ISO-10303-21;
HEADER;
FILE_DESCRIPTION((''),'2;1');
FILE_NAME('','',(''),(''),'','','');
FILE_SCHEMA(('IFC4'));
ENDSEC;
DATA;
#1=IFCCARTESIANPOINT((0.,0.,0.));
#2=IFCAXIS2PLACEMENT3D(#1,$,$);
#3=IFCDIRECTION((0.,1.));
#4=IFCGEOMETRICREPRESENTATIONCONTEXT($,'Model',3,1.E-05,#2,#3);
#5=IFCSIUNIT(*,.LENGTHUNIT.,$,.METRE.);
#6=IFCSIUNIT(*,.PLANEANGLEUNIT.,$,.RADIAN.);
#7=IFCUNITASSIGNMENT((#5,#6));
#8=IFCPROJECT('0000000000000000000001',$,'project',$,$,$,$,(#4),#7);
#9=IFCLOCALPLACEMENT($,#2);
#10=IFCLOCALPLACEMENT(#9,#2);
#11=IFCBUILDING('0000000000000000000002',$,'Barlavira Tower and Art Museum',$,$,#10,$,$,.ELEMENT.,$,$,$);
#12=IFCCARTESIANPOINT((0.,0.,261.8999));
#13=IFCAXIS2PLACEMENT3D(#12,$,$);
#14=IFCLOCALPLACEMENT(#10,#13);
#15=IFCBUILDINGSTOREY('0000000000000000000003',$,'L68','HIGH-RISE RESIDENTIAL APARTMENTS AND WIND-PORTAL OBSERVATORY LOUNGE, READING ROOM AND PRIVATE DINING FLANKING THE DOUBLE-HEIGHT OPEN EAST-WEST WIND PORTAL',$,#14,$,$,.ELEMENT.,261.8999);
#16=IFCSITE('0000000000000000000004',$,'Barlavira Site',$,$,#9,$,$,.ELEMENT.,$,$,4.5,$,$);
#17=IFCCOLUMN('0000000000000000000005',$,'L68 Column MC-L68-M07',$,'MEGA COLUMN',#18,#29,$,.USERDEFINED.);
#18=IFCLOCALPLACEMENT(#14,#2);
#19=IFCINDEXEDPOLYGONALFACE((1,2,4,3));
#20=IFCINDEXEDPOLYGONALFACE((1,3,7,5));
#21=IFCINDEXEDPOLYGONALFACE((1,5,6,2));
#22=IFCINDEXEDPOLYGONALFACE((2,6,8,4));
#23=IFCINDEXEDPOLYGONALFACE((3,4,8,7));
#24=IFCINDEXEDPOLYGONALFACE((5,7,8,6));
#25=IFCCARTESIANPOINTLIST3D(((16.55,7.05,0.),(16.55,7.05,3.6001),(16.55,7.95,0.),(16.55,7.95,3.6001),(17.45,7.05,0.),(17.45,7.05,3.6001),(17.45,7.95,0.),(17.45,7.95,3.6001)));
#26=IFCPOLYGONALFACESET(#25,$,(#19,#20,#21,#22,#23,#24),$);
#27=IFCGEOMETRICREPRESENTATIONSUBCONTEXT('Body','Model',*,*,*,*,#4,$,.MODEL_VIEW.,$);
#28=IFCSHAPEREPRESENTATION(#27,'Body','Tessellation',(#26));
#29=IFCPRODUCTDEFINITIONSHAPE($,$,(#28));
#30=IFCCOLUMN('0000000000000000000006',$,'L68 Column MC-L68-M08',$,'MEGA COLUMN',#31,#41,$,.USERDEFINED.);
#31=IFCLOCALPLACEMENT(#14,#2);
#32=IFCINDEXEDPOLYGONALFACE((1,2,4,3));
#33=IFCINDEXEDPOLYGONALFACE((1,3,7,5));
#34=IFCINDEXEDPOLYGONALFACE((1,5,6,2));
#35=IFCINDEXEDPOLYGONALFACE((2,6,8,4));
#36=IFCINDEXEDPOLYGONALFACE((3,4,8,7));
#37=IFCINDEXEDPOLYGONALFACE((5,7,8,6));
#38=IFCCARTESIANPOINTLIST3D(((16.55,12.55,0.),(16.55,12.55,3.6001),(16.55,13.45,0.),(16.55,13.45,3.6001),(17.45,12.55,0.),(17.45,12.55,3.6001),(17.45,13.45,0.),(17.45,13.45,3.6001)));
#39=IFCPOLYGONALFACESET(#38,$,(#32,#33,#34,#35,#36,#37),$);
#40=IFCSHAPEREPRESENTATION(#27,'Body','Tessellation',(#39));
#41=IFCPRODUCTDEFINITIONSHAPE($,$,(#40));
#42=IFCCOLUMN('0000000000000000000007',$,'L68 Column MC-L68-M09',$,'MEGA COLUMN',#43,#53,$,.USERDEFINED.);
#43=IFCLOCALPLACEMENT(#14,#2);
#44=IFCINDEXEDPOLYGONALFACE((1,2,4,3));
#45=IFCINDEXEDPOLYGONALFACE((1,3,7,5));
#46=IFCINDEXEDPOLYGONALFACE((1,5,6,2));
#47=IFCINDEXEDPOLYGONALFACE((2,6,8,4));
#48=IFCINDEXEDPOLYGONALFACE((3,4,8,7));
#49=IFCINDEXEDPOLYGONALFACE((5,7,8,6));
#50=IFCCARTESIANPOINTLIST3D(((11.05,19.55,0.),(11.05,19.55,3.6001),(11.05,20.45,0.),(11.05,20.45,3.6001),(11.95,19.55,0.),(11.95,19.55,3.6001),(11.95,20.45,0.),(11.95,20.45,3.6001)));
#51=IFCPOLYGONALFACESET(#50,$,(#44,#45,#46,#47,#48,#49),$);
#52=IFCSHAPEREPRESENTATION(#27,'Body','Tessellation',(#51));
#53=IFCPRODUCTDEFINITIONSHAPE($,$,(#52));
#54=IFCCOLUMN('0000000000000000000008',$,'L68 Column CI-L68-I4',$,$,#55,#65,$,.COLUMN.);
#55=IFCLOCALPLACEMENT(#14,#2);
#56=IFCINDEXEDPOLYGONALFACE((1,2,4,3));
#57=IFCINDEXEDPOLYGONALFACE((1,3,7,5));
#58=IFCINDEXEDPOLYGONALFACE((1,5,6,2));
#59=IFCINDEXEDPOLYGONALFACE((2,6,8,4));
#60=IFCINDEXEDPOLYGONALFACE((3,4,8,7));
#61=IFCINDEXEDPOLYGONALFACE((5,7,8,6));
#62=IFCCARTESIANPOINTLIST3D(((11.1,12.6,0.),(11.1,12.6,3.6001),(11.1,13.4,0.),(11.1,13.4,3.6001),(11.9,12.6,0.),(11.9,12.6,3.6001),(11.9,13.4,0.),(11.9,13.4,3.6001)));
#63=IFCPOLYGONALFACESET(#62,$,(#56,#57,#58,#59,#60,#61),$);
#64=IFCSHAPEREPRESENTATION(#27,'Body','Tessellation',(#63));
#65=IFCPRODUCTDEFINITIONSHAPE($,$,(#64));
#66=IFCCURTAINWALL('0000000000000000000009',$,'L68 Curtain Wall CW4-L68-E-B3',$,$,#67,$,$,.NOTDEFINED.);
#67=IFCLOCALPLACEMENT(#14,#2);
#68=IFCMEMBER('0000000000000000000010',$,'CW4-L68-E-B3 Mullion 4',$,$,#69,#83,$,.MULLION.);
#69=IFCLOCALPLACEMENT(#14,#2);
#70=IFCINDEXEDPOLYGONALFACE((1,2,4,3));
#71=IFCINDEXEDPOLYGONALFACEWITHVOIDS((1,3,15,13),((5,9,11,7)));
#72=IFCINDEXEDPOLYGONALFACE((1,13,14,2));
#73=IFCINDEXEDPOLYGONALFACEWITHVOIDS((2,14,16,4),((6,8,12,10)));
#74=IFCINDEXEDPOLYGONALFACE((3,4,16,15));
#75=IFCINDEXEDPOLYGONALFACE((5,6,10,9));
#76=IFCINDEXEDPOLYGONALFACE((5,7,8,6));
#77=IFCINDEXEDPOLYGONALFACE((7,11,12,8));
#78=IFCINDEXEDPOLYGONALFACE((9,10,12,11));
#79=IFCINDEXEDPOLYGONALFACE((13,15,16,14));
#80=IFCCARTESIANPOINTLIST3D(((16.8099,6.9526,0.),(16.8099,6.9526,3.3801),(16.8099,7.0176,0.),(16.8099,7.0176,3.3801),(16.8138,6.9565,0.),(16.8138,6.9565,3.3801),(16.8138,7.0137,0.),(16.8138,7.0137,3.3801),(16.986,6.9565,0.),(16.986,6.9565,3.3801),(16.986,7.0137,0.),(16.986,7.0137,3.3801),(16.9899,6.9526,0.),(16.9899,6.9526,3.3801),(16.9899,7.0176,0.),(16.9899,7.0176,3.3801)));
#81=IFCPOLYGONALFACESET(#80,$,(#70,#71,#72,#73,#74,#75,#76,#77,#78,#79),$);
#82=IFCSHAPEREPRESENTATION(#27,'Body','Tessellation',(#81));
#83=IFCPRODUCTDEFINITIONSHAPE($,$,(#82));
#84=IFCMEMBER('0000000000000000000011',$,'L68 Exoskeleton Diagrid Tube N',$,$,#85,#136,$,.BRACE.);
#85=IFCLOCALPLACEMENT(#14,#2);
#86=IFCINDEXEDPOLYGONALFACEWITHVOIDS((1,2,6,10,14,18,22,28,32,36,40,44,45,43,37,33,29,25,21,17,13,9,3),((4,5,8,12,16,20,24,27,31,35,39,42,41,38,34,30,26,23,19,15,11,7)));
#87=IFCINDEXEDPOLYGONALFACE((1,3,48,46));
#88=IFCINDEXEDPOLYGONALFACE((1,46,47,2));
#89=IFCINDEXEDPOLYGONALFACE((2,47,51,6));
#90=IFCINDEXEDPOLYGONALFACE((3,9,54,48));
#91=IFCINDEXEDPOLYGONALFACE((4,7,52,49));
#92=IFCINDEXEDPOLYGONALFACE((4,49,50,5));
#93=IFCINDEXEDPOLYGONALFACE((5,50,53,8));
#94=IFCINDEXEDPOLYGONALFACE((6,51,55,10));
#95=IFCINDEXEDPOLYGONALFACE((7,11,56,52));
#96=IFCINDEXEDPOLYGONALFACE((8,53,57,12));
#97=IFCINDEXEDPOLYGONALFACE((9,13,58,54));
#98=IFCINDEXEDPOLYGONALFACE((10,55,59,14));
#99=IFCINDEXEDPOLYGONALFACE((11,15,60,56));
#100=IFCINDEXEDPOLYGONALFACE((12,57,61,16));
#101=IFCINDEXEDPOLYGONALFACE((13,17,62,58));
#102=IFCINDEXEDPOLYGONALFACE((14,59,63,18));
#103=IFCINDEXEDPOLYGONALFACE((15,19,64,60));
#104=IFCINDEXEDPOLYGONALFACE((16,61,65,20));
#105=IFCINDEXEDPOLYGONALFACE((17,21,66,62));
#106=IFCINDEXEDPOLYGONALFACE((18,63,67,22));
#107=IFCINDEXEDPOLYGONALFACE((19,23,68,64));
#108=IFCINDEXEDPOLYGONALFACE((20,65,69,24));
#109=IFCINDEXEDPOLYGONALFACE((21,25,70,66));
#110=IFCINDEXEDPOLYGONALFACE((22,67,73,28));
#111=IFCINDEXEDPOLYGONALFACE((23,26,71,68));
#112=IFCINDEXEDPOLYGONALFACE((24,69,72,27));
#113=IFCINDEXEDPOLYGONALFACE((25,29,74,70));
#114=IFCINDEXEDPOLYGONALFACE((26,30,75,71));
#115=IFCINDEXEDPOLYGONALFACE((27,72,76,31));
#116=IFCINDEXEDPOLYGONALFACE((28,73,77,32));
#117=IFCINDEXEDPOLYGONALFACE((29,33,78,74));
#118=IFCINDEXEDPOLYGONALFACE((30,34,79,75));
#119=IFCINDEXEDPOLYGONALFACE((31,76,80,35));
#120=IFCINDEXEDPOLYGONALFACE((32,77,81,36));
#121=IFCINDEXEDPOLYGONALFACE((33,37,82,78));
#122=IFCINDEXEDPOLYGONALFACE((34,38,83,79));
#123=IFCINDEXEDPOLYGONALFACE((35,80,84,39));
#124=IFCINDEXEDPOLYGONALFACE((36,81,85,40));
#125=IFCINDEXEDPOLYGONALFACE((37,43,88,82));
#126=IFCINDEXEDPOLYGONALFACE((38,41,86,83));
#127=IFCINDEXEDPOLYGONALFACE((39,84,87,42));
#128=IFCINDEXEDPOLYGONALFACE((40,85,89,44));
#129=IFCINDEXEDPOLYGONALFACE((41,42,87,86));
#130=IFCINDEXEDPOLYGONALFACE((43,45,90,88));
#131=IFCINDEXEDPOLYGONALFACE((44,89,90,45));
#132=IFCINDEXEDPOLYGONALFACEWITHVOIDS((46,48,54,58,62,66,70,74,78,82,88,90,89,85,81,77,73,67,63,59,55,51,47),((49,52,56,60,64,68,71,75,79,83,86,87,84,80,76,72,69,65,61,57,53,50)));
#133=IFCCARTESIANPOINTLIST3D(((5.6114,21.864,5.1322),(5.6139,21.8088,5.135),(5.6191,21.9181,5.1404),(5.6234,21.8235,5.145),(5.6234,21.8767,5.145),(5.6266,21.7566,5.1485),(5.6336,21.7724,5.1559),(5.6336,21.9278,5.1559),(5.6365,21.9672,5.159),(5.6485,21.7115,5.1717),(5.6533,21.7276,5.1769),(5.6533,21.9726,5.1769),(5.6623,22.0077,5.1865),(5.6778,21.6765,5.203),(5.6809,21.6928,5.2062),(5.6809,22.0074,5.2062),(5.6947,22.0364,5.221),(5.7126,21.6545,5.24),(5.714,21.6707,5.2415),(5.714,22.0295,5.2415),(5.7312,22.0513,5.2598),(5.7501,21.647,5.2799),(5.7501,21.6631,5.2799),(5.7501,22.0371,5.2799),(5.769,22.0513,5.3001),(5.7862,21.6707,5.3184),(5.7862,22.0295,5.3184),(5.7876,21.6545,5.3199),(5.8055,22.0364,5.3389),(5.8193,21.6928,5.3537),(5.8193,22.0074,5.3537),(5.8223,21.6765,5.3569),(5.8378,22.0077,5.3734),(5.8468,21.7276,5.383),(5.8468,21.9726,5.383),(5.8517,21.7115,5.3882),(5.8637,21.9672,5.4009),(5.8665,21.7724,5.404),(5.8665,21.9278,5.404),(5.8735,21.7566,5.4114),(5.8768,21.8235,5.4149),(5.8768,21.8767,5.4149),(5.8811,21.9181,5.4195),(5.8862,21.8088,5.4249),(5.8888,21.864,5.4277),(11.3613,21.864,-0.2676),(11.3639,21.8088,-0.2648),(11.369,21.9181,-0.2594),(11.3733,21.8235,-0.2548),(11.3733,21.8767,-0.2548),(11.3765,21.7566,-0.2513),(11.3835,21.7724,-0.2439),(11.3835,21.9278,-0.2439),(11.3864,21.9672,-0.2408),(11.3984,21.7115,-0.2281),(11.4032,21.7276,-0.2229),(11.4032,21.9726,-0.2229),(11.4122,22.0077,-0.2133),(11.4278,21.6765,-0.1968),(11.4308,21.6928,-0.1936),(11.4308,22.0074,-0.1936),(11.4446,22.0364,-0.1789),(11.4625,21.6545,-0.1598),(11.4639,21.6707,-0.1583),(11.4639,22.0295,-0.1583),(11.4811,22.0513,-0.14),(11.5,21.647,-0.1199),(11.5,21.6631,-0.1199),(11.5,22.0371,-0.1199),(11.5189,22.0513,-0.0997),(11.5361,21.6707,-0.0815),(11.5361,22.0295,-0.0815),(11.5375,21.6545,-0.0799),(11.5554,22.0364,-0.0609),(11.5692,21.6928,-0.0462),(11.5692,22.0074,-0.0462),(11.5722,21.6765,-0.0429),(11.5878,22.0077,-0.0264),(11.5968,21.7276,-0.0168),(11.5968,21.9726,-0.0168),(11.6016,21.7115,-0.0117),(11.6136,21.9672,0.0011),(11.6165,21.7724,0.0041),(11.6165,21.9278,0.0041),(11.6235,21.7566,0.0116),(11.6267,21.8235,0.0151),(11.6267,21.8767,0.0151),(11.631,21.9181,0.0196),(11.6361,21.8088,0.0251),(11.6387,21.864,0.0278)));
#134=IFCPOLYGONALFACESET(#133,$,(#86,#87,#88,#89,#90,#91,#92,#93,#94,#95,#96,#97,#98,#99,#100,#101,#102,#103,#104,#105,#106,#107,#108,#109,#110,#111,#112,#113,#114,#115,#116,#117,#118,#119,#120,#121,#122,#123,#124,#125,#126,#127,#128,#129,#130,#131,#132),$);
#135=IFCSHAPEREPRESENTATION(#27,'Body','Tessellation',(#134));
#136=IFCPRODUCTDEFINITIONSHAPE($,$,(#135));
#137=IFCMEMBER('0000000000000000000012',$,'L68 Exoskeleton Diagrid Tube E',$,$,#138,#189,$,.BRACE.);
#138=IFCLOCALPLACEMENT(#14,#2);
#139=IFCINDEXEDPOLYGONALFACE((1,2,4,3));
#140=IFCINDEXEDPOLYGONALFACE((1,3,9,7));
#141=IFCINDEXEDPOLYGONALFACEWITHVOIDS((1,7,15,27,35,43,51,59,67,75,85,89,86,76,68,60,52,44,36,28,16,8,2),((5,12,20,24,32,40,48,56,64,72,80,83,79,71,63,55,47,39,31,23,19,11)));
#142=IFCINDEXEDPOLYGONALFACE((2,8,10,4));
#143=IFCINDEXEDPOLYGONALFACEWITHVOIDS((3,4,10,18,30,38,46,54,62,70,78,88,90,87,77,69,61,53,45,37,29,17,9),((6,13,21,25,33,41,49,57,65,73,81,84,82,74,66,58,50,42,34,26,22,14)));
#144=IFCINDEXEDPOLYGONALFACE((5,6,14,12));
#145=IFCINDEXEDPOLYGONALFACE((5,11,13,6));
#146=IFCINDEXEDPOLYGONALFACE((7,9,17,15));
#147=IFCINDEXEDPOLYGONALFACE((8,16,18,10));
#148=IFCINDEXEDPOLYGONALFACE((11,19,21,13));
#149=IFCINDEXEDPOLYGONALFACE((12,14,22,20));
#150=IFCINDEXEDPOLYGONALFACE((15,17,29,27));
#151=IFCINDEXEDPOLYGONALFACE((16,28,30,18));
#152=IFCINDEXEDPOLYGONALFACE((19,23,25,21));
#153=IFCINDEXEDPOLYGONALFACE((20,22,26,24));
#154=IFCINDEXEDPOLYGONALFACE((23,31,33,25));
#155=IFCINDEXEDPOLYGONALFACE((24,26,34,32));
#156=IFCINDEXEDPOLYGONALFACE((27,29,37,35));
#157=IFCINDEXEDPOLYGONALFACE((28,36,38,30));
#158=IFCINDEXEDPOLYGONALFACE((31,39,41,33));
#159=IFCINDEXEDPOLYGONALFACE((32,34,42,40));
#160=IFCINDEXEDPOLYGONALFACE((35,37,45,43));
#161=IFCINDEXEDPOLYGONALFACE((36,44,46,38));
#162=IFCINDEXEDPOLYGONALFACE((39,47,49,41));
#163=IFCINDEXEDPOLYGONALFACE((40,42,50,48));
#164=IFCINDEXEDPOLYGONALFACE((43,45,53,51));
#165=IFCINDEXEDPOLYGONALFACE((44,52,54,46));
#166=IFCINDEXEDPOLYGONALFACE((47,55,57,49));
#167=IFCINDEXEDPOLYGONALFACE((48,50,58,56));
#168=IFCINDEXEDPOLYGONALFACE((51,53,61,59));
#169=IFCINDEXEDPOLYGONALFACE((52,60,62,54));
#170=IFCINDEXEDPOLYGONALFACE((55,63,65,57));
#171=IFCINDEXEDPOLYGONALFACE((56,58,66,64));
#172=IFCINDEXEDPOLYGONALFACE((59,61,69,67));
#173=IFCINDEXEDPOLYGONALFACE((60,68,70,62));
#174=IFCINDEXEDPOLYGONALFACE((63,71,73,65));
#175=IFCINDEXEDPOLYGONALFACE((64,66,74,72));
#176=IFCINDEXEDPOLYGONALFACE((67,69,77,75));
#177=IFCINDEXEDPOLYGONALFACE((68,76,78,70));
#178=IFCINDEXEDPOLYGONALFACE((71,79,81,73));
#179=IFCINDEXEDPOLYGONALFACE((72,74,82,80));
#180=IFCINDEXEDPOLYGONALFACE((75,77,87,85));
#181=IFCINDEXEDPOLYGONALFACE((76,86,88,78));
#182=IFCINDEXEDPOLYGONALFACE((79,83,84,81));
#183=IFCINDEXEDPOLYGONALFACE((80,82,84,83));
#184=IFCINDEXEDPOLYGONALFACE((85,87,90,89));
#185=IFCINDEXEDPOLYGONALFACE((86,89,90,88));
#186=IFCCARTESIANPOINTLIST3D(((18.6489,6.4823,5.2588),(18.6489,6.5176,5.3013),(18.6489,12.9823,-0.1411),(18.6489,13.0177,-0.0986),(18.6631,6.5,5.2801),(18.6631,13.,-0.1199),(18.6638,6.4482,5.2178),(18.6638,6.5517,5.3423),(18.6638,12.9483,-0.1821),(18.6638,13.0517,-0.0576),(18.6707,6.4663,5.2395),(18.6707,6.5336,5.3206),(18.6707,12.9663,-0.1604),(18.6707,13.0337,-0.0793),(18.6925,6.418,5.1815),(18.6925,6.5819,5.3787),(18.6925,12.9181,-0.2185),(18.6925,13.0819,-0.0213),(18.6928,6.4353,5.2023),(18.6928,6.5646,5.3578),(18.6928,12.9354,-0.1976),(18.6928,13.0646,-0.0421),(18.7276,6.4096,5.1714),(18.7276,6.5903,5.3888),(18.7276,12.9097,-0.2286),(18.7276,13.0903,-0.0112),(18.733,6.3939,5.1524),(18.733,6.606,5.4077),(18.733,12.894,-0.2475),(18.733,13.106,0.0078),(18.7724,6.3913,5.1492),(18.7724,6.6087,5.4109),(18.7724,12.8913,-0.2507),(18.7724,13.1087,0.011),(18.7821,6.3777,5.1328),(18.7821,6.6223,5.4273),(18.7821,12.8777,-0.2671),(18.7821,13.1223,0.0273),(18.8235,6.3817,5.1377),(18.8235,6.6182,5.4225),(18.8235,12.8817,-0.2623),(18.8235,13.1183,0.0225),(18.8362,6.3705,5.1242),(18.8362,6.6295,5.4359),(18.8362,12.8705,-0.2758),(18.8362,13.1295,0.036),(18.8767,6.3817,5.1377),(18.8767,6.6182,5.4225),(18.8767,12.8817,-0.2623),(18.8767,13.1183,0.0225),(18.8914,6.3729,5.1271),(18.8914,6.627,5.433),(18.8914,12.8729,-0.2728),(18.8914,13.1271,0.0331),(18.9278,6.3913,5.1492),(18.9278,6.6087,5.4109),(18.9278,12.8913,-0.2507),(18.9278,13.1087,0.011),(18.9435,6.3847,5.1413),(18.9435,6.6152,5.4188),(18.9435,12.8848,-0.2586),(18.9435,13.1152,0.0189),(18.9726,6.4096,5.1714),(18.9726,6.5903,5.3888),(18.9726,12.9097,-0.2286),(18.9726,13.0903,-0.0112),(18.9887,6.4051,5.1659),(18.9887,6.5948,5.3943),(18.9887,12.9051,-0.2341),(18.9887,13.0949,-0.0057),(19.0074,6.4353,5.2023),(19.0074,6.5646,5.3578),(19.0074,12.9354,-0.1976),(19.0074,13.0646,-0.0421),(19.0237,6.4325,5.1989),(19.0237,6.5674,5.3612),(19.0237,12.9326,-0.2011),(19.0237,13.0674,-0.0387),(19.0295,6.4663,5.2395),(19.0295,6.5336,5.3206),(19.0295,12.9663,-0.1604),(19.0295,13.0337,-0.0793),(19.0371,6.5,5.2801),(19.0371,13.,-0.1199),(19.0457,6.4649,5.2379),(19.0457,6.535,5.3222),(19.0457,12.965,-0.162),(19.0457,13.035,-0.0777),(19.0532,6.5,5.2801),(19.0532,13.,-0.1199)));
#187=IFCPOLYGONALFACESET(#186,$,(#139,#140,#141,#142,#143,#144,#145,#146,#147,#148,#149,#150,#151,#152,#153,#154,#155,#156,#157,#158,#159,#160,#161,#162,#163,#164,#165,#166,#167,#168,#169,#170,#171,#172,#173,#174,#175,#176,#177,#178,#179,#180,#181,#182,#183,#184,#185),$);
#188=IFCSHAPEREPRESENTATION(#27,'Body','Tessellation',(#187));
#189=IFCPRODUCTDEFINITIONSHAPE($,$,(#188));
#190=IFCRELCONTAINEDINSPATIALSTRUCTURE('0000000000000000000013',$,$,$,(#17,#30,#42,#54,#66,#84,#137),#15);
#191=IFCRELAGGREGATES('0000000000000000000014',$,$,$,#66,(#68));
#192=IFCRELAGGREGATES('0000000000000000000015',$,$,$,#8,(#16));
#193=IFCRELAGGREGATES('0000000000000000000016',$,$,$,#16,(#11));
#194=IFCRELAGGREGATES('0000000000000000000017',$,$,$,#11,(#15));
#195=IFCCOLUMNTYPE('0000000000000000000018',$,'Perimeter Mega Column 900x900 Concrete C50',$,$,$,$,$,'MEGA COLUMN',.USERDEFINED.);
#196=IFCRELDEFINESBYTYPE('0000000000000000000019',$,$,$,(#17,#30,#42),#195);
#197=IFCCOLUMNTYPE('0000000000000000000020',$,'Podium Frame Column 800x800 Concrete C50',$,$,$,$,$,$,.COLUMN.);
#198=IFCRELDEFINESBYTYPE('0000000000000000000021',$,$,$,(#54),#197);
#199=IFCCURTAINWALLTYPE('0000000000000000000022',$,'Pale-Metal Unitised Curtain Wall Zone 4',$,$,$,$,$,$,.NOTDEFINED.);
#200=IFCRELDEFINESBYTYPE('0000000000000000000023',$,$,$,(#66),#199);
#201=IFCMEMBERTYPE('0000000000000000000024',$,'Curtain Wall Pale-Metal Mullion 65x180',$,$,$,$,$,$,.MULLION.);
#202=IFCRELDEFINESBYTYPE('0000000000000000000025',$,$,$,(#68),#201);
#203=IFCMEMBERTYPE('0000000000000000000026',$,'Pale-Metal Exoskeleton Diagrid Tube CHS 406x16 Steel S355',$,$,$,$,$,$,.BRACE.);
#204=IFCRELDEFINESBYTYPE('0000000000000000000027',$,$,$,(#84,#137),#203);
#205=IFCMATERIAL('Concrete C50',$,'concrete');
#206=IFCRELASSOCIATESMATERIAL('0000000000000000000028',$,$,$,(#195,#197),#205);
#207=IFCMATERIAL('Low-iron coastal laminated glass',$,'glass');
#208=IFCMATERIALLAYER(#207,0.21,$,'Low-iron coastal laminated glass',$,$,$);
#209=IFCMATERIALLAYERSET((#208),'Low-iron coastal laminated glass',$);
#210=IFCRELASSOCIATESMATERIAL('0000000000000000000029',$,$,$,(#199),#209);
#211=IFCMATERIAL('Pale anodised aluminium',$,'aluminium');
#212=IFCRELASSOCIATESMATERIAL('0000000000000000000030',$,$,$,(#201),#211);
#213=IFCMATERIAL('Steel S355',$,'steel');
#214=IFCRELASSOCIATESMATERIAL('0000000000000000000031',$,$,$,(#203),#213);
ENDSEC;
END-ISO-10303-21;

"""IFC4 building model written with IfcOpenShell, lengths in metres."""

from ifc_helpers import new_model, si_unit, direction, frame, origin, origin_2d, place, context, subcontext, project, spatial, rectangle, hollow_rectangle, hollow_circle, extrude, material, layer, layer_set, material_profile, profile_set, type_object, element, aggregate, save


model = new_model("IFC4")

# Units and contexts
model_context = context("Model", 3, precision=1e-05, world=origin(), true_north=direction((0.0, 1.0)))
body_context = subcontext(model_context, "Body", "Model", "MODEL_VIEW")
ifc_project = project(units=[si_unit("LENGTHUNIT", "METRE"), si_unit("PLANEANGLEUNIT", "RADIAN")], contexts=[model_context])

# Site, building, storey
site_placement = place(None, origin())
site = spatial("IfcSite", under=ifc_project, at=site_placement, Name="Barlavira Site", CompositionType="ELEMENT", RefElevation=4.5)
building_placement = place(site_placement, origin())
building = spatial("IfcBuilding", under=site, at=building_placement, Name="Barlavira Tower and Art Museum", CompositionType="ELEMENT")
storey_placement = place(building_placement, frame((0.0, 0.0, 261.8999)))
storey = spatial("IfcBuildingStorey", under=building, at=storey_placement, Name="L68", Description="HIGH-RISE RESIDENTIAL APARTMENTS AND WIND-PORTAL OBSERVATORY LOUNGE, READING ROOM AND PRIVATE DINING FLANKING THE DOUBLE-HEIGHT OPEN EAST-WEST WIND PORTAL", CompositionType="ELEMENT", Elevation=261.8999)

# Columns
ifc_material_1 = material(Name="Concrete C50", Category="concrete")
ifc_material_profile_1 = material_profile(ifc_material_1, rectangle(XDim=0.8999, YDim=0.8999, at=origin_2d()), Name="RC-COL 900x900")
ifc_profile_set_1 = profile_set([ifc_material_profile_1], Name="Concrete C50")
column_type_1 = type_object("IfcColumnType", Name="Perimeter Mega Column 900x900 Concrete C50", ElementType="MEGA COLUMN", PredefinedType="USERDEFINED", material=ifc_profile_set_1)
for number, where, z_axis, x_axis, name in (
    (1, (17.0, 7.5, 0.0), (0.0, 0.0, 1.0), (1.0, 0.0, 0.0), "L68 Column MC-L68-M07"),
    (2, (17.0, 13.0, 0.0), (0.0, 0.0, 1.0), (1.0, 0.0, 0.0), "L68 Column MC-L68-M08"),
    (3, (11.5, 20.0, 0.0), (0.0, 0.0, 1.0), (1.0, 0.0, 0.0), "L68 Column MC-L68-M09"),
):
    element("IfcColumn", number, at=place(storey_placement, frame(where, z_axis=z_axis, x_axis=x_axis)), inside=storey, type_object=column_type_1, Name=name, ObjectType="MEGA COLUMN", PredefinedType="USERDEFINED", context=body_context, shape_type="SweptSolid", body=[
        extrude(rectangle(XDim=0.8999, YDim=0.8999, at=origin_2d()), origin(), (0.0, 0.0, 1.0), 3.6001),
    ])
ifc_material_profile_2 = material_profile(ifc_material_1, rectangle(XDim=0.8, YDim=0.8, at=origin_2d()), Name="RC-COL 800x800")
ifc_profile_set_2 = profile_set([ifc_material_profile_2], Name="Concrete C50")
column_type_2 = type_object("IfcColumnType", Name="Podium Frame Column 800x800 Concrete C50", PredefinedType="COLUMN", material=ifc_profile_set_2)
column_placement = place(storey_placement, frame((11.5, 13.0, 0.0), z_axis=(0.0, 0.0, 1.0), x_axis=(1.0, 0.0, 0.0)))
element("IfcColumn", 4, at=column_placement, inside=storey, type_object=column_type_2, Name="L68 Column CI-L68-I4", PredefinedType="COLUMN", context=body_context, shape_type="SweptSolid", body=[
    extrude(rectangle(XDim=0.8, YDim=0.8, at=origin_2d()), origin(), (0.0, 0.0, 1.0), 3.6001),
])

# Curtain wall, member
ifc_material_2 = material(Name="Low-iron coastal laminated glass", Category="glass")
ifc_layer_1 = layer(ifc_material_2, 0.21, Name="Low-iron coastal laminated glass")
ifc_layer_set_1 = layer_set([ifc_layer_1], Name="Low-iron coastal laminated glass")
curtain_wall_type = type_object("IfcCurtainWallType", Name="Pale-Metal Unitised Curtain Wall Zone 4", PredefinedType="NOTDEFINED", material=ifc_layer_set_1)
curtain_wall_placement = place(storey_placement, origin())
curtain_wall = element("IfcCurtainWall", 5, at=curtain_wall_placement, inside=storey, type_object=curtain_wall_type, Name="L68 Curtain Wall CW4-L68-E-B3", PredefinedType="NOTDEFINED")
ifc_material_3 = material(Name="Pale anodised aluminium", Category="aluminium")
ifc_material_profile_3 = material_profile(ifc_material_3, hollow_rectangle(XDim=0.0649, YDim=0.1799, WallThickness=0.0039, at=origin_2d()), Name="ALU-MULL 65x180x4")
ifc_profile_set_3 = profile_set([ifc_material_profile_3], Name="Pale anodised aluminium")
member_type_1 = type_object("IfcMemberType", Name="Curtain Wall Pale-Metal Mullion 65x180", PredefinedType="MULLION", material=ifc_profile_set_3)
member_1_placement = place(storey_placement, frame((16.8999, 6.9851, 0.0), z_axis=(0.0, 0.0, 1.0), x_axis=(0.0, 1.0, 0.0)))
member_1 = element("IfcMember", 6, at=member_1_placement, type_object=member_type_1, Name="CW4-L68-E-B3 Mullion 4", PredefinedType="MULLION", context=body_context, shape_type="SweptSolid", body=[
    extrude(hollow_rectangle(XDim=0.0649, YDim=0.1799, WallThickness=0.0039, at=origin_2d()), origin(), (0.0, 0.0, 1.0), 3.3801),
])

# Members
ifc_material_4 = material(Name="Steel S355", Category="steel")
ifc_material_profile_4 = material_profile(ifc_material_4, hollow_circle(Radius=0.2031, WallThickness=0.0161, at=origin_2d()), Name="CHS 406.4x16.0")
ifc_profile_set_4 = profile_set([ifc_material_profile_4], Name="Steel S355")
member_type_2 = type_object("IfcMemberType", Name="Pale-Metal Exoskeleton Diagrid Tube CHS 406x16 Steel S355", PredefinedType="BRACE", material=ifc_profile_set_4)
member_2_placement = place(storey_placement, frame((11.5, 21.8501, -0.1199), z_axis=(-0.72895, 0.0, 0.684567), x_axis=(0.0, -1.0, 0.0)))
element("IfcMember", 7, at=member_2_placement, inside=storey, type_object=member_type_2, Name="L68 Exoskeleton Diagrid Tube N", PredefinedType="BRACE", context=body_context, shape_type="SweptSolid", body=[
    extrude(hollow_circle(Radius=0.2031, WallThickness=0.0161, at=origin_2d()), origin(), (0.0, 0.0, 1.0), 7.8879),
])
member_3_placement = place(storey_placement, frame((18.8501, 13.0, -0.1199), z_axis=(0.0, -0.769196, 0.639013), x_axis=(1.0, 0.0, 0.0)))
element("IfcMember", 8, at=member_3_placement, inside=storey, type_object=member_type_2, Name="L68 Exoskeleton Diagrid Tube E", PredefinedType="BRACE", context=body_context, shape_type="SweptSolid", body=[
    extrude(hollow_circle(Radius=0.2031, WallThickness=0.0161, at=origin_2d()), origin(), (0.0, 0.0, 1.0), 8.4504),
])

aggregate(curtain_wall, [member_1])

save(model, "model.ifc")
